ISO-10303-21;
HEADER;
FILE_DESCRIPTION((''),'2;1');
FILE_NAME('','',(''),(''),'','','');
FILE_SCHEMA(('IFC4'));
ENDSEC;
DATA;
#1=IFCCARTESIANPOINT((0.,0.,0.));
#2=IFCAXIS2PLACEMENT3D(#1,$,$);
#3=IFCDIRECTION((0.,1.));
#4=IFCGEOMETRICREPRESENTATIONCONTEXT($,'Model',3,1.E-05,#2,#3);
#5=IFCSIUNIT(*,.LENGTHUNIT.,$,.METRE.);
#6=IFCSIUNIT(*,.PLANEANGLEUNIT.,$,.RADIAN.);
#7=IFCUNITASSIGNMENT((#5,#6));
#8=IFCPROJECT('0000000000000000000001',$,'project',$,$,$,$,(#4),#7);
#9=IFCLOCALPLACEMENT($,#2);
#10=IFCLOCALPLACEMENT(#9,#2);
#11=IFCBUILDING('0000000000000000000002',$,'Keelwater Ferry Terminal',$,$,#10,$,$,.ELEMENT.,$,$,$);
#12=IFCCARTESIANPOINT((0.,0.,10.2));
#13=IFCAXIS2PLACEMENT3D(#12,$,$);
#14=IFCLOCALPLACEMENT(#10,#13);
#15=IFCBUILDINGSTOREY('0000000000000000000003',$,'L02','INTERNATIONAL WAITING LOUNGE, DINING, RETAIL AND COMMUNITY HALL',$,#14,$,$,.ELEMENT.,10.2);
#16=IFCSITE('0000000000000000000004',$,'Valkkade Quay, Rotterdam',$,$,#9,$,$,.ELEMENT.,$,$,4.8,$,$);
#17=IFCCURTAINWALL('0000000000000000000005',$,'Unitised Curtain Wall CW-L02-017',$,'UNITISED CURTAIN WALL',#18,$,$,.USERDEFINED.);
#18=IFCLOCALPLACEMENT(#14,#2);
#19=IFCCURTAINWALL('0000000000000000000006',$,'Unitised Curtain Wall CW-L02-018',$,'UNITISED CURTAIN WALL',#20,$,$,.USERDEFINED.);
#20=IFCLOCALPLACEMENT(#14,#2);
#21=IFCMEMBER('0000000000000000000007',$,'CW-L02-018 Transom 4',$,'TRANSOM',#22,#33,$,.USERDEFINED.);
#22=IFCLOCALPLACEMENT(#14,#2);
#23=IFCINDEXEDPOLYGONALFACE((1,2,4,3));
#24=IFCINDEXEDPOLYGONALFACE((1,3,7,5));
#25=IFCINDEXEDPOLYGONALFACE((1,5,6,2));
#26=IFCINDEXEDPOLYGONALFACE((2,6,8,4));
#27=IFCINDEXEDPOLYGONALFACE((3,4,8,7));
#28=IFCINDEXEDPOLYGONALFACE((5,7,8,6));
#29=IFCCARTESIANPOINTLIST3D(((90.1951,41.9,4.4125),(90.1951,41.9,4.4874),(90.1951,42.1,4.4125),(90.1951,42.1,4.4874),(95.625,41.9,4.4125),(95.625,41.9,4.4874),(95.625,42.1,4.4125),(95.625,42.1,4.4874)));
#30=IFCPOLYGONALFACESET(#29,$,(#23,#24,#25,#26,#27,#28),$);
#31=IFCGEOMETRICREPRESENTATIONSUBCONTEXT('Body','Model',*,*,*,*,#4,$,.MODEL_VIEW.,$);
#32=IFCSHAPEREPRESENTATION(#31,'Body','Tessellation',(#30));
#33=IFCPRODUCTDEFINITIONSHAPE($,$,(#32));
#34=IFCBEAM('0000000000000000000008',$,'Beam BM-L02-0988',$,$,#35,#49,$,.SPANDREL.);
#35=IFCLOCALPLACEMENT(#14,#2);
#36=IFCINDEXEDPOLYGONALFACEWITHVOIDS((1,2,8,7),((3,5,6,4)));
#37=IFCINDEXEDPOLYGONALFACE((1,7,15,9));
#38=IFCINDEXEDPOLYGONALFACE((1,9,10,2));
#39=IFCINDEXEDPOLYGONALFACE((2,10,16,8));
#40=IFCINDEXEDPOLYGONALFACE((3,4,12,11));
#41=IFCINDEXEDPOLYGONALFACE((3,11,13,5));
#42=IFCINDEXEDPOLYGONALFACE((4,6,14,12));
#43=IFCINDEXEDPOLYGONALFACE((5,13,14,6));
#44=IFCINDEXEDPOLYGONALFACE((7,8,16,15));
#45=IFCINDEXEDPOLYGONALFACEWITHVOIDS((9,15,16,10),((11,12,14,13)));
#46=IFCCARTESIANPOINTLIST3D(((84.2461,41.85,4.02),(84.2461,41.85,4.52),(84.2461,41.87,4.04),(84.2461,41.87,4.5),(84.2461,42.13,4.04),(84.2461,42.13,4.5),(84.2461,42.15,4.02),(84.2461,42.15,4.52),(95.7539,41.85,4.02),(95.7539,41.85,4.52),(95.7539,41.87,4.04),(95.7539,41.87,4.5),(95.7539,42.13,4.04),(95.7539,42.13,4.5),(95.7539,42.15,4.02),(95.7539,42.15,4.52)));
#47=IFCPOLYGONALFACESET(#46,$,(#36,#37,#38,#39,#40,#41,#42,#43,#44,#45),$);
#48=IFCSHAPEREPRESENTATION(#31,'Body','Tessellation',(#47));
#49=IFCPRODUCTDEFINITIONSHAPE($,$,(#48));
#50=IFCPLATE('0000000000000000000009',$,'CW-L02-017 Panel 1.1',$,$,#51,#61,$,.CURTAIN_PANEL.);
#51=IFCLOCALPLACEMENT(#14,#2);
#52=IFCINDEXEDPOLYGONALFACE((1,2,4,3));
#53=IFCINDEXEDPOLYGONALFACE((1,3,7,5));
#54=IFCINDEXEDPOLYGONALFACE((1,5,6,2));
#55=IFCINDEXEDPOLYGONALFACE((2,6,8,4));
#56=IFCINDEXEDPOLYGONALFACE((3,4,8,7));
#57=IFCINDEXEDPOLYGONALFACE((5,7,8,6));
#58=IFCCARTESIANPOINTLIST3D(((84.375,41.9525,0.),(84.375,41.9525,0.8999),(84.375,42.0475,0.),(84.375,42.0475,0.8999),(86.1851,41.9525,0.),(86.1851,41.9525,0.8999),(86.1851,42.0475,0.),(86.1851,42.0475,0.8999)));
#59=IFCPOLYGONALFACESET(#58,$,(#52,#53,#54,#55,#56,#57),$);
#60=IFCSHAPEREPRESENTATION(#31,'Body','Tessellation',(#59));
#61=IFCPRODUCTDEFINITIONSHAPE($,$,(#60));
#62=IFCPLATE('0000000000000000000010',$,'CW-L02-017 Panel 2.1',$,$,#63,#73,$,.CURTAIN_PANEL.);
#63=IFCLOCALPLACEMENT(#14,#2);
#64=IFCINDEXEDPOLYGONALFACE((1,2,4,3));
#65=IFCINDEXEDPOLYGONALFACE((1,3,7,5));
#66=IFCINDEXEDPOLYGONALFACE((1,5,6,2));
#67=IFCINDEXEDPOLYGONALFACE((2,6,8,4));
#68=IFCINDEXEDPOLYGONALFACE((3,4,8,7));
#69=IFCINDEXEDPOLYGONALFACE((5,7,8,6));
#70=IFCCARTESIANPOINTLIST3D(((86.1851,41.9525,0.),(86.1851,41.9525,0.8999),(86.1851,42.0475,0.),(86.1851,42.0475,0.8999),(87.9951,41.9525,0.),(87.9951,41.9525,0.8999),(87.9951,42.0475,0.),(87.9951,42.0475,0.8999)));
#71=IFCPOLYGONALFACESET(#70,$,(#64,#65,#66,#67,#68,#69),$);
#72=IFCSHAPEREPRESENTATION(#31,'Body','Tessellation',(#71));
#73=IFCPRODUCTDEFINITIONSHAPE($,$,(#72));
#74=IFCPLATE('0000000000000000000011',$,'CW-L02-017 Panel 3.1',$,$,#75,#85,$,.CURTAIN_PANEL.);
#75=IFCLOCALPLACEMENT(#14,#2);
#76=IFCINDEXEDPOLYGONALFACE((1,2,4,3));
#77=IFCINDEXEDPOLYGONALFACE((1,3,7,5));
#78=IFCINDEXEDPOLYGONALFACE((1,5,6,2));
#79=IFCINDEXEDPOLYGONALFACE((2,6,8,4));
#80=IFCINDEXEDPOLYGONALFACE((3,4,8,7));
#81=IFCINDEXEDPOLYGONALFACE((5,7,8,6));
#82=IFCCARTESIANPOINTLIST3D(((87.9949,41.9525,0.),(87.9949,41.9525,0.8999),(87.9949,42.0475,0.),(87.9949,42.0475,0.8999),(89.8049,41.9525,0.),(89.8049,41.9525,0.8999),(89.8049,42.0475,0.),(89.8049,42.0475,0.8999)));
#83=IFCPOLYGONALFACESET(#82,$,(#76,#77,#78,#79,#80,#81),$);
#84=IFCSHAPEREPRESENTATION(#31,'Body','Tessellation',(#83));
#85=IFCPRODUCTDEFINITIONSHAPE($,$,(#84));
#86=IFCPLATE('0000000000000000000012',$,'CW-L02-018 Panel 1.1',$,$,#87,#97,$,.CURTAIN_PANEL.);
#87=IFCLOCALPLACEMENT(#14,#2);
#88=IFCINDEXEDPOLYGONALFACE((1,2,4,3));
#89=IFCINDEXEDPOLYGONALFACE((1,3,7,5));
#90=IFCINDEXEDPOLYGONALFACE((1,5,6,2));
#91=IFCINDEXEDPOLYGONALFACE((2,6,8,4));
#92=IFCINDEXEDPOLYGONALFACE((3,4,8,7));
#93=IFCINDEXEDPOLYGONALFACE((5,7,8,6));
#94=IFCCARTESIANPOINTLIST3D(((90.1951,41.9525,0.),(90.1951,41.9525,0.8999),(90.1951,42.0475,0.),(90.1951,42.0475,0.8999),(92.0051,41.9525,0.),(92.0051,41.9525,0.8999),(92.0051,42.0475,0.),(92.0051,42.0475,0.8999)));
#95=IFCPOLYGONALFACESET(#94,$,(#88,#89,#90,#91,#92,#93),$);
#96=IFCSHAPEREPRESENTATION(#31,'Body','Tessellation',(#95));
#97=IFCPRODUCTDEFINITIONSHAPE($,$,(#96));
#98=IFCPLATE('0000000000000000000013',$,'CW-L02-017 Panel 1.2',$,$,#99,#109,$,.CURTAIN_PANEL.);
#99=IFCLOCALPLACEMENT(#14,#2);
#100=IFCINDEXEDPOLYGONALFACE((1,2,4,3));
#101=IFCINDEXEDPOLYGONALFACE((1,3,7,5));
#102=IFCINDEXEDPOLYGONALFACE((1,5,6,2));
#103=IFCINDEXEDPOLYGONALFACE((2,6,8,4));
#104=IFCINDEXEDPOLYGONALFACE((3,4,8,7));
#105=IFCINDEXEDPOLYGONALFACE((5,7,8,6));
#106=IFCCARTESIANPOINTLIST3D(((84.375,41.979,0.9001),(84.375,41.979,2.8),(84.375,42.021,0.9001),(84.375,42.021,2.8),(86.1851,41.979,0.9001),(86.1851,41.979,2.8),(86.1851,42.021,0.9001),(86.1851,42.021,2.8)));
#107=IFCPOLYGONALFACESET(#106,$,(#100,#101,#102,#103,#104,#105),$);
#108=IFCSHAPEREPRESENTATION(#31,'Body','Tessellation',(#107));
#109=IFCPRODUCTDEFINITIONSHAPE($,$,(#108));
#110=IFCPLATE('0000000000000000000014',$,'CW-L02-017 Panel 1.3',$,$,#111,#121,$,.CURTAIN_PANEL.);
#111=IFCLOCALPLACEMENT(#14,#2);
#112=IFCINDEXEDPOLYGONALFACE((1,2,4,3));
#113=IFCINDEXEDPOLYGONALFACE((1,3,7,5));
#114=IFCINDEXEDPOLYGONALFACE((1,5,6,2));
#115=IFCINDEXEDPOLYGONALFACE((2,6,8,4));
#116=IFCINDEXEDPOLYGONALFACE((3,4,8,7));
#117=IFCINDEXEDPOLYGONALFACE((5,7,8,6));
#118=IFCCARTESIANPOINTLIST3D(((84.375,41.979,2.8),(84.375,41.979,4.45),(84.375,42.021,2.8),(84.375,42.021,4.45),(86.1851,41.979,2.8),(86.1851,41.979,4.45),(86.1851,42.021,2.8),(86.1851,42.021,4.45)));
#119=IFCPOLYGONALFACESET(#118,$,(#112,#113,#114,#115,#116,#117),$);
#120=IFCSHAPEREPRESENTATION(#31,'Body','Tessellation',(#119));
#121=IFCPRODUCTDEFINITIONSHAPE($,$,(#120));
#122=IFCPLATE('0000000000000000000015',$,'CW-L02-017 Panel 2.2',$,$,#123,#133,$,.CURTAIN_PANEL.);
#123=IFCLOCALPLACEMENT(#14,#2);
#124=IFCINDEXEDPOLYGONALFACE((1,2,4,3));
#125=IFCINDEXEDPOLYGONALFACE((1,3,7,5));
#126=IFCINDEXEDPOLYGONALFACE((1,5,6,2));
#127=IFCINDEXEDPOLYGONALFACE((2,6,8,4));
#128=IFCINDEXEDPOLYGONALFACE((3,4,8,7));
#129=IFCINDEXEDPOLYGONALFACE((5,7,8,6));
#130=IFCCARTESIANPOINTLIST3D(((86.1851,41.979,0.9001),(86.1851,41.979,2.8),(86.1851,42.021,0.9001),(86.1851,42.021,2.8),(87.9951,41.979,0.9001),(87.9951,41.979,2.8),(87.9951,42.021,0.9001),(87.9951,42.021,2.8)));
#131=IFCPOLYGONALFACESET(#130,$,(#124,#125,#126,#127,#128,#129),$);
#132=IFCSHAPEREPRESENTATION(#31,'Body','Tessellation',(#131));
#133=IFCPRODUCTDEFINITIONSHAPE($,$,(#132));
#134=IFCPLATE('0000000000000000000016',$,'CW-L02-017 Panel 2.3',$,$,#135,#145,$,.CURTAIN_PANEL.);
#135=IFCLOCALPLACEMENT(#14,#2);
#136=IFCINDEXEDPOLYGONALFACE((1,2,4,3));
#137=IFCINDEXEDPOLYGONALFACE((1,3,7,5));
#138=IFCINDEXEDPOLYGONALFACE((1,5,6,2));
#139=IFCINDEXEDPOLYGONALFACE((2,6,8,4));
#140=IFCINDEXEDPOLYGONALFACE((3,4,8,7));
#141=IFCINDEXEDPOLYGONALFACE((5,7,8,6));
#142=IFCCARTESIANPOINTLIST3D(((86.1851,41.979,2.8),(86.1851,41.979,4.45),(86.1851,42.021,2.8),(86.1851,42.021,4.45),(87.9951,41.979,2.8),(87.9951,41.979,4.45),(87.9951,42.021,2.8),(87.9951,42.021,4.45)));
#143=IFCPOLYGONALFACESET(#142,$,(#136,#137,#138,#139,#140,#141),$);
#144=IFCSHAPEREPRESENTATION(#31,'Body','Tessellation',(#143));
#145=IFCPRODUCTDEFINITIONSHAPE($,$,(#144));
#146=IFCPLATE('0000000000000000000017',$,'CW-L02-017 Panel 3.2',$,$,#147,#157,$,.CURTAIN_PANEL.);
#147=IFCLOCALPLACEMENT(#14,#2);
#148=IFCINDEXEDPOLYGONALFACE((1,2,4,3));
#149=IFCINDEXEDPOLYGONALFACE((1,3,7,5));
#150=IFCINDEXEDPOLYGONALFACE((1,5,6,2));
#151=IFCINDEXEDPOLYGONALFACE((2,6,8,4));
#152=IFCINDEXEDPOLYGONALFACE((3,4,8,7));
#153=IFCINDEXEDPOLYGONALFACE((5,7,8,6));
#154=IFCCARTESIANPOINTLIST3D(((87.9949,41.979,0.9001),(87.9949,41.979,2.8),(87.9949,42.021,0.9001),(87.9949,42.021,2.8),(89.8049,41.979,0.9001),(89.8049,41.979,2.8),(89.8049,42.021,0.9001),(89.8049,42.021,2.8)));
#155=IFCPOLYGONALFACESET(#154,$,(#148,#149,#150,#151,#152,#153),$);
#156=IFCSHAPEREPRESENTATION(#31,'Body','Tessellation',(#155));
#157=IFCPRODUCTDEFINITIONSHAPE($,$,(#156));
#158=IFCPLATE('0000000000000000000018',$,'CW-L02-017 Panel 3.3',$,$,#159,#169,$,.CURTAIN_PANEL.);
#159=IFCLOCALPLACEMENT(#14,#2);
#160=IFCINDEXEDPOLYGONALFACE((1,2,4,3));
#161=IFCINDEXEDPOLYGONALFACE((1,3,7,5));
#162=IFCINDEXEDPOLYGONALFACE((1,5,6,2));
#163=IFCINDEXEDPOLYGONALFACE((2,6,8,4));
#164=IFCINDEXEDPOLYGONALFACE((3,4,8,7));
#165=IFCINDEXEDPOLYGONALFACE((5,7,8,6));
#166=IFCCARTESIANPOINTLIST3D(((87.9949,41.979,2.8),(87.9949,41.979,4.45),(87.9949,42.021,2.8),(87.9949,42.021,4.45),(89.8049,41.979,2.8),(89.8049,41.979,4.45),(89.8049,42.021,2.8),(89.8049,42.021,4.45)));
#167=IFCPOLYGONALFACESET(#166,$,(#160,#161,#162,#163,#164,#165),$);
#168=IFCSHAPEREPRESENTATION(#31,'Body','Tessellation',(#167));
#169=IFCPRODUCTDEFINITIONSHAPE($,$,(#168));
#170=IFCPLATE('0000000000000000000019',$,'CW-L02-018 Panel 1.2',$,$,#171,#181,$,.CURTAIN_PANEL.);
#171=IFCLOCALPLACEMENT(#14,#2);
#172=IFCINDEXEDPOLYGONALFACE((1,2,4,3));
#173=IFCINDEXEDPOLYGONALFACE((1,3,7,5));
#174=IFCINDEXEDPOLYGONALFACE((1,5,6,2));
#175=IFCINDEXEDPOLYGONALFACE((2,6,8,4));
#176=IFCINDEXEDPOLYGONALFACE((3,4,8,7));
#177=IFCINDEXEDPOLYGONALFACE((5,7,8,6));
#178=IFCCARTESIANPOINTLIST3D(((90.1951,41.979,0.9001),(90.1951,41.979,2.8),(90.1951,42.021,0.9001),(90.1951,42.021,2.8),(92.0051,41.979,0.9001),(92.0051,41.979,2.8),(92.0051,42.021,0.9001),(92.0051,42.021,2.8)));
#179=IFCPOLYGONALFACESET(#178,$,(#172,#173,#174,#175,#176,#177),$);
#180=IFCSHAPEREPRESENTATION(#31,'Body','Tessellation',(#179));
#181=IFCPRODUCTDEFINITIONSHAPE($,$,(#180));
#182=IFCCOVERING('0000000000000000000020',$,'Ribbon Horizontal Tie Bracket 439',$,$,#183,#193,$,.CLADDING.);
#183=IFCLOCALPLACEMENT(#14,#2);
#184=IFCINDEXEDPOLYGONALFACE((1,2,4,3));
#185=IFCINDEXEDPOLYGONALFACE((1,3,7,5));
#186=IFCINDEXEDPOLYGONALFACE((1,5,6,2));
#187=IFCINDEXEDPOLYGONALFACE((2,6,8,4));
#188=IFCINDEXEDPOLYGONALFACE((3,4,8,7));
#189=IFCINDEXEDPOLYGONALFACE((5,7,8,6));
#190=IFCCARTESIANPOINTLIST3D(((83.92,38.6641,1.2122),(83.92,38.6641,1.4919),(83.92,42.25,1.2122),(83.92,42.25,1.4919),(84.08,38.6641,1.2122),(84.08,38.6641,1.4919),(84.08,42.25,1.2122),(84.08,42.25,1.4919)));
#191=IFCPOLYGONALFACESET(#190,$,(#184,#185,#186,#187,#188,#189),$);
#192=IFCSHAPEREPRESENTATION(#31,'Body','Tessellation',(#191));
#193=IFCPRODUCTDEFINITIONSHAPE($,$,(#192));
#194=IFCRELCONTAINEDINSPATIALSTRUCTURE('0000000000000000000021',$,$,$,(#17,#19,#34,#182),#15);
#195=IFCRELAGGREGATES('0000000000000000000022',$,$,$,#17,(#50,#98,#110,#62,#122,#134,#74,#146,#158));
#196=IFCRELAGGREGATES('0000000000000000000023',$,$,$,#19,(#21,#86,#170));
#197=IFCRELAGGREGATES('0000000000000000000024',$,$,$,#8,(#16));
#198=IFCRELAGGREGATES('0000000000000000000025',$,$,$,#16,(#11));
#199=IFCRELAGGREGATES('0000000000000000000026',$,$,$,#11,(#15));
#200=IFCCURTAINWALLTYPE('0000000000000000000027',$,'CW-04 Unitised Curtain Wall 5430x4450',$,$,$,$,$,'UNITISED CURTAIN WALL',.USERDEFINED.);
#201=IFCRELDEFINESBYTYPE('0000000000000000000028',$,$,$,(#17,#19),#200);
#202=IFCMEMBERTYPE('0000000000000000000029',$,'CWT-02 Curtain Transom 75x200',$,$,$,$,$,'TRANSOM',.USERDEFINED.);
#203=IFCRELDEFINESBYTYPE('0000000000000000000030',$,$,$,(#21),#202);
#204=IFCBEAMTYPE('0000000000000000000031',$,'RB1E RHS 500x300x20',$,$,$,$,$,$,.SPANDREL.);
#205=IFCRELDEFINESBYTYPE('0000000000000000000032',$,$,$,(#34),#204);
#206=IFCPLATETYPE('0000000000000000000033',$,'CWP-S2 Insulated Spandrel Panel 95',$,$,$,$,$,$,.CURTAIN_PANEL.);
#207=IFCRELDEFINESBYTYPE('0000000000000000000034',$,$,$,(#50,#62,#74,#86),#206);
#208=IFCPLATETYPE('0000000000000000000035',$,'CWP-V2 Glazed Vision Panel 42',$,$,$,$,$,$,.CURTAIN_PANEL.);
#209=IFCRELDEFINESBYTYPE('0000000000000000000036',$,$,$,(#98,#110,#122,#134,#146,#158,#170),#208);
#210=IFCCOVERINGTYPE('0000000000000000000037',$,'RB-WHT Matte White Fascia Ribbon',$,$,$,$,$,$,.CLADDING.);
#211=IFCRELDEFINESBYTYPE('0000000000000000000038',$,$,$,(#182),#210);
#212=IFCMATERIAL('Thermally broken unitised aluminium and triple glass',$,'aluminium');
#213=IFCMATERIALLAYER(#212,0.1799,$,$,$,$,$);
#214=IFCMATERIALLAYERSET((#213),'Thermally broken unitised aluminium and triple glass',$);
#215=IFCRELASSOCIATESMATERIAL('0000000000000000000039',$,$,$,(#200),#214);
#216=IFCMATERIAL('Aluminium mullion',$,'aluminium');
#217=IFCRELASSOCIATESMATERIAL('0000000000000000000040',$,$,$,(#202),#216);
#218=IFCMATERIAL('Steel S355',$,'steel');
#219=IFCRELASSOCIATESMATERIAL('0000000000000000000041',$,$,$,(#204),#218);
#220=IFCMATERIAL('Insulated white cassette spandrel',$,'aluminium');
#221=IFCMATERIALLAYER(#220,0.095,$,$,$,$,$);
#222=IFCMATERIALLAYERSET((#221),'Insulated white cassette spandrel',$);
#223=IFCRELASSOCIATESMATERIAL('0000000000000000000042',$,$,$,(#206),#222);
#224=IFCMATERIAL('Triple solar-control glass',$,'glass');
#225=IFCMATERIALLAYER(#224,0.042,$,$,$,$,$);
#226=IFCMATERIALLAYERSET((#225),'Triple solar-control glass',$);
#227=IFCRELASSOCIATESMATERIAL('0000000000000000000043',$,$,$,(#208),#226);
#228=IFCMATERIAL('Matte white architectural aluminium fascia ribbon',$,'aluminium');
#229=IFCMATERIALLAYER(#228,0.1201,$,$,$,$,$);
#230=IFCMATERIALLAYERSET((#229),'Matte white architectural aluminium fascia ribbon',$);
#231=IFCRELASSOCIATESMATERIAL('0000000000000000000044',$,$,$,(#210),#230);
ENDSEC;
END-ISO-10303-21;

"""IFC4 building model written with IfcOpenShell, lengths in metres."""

from ifc_helpers import new_model, si_unit, direction, frame, frame_2d, origin, origin_2d, place, context, subcontext, project, spatial, rectangle, hollow_rectangle, extrude, material, layer, layer_set, material_profile, profile_set, type_object, element, aggregate, save


model = new_model("IFC4")

# Units and contexts
model_context = context("Model", 3, precision=1e-05, world=origin(), true_north=direction((0.0, 1.0)))
body_context = subcontext(model_context, "Body", "Model", "MODEL_VIEW")
ifc_project = project(units=[si_unit("LENGTHUNIT", "METRE"), si_unit("PLANEANGLEUNIT", "RADIAN")], contexts=[model_context])

# Site, building, storey
site_placement = place(None, origin())
site = spatial("IfcSite", under=ifc_project, at=site_placement, Name="Valkkade Quay, Rotterdam", CompositionType="ELEMENT", RefElevation=4.8)
building_placement = place(site_placement, origin())
building = spatial("IfcBuilding", under=site, at=building_placement, Name="Keelwater Ferry Terminal", CompositionType="ELEMENT")
storey_placement = place(building_placement, frame((0.0, 0.0, 10.2)))
storey = spatial("IfcBuildingStorey", under=building, at=storey_placement, Name="L02", Description="INTERNATIONAL WAITING LOUNGE, DINING, RETAIL AND COMMUNITY HALL", CompositionType="ELEMENT", Elevation=10.2)

# Curtain wall
ifc_material_1 = material(Name="Thermally broken unitised aluminium and triple glass", Category="aluminium")
ifc_layer_1 = layer(ifc_material_1, 0.1799)
ifc_layer_set_1 = layer_set([ifc_layer_1], Name="Thermally broken unitised aluminium and triple glass")
curtain_wall_type = type_object("IfcCurtainWallType", Name="CW-04 Unitised Curtain Wall 5430x4450", ElementType="UNITISED CURTAIN WALL", PredefinedType="USERDEFINED", material=ifc_layer_set_1)
curtain_wall_1_placement = place(storey_placement, origin())
curtain_wall_1 = element("IfcCurtainWall", 1, at=curtain_wall_1_placement, inside=storey, type_object=curtain_wall_type, Name="Unitised Curtain Wall CW-L02-017", ObjectType="UNITISED CURTAIN WALL", PredefinedType="USERDEFINED")

# Curtain wall
curtain_wall_2_placement = place(storey_placement, origin())
curtain_wall_2 = element("IfcCurtainWall", 2, at=curtain_wall_2_placement, inside=storey, type_object=curtain_wall_type, Name="Unitised Curtain Wall CW-L02-018", ObjectType="UNITISED CURTAIN WALL", PredefinedType="USERDEFINED")

# Member
ifc_material_2 = material(Name="Aluminium mullion", Category="aluminium")
ifc_material_profile_1 = material_profile(ifc_material_2, rectangle(XDim=0.2, YDim=0.075, at=origin_2d()), Name="CWT-02")
ifc_profile_set_1 = profile_set([ifc_material_profile_1], Name="Aluminium mullion")
member_type_1 = type_object("IfcMemberType", Name="CWT-02 Curtain Transom 75x200", ElementType="TRANSOM", PredefinedType="USERDEFINED", material=ifc_profile_set_1)
member_1_placement = place(storey_placement, frame((90.1951, 42.0, 4.45), z_axis=(1.0, 0.0, 0.0), x_axis=(0.0, 1.0, 0.0)))
member_1 = element("IfcMember", 3, at=member_1_placement, type_object=member_type_1, Name="CW-L02-018 Transom 4", ObjectType="TRANSOM", PredefinedType="USERDEFINED", context=body_context, shape_type="SweptSolid", body=[
    extrude(rectangle(XDim=0.2, YDim=0.075, at=origin_2d()), origin(), (0.0, 0.0, 1.0), 5.4299),
])

# Beam
ifc_material_3 = material(Name="Steel S355", Category="steel")
ifc_material_profile_2 = material_profile(ifc_material_3, hollow_rectangle(XDim=0.3, YDim=0.5, WallThickness=0.02, at=origin_2d()), Name="RHS 500x300x20")
ifc_profile_set_2 = profile_set([ifc_material_profile_2], Name="Steel S355")
beam_type = type_object("IfcBeamType", Name="RB1E RHS 500x300x20", PredefinedType="SPANDREL", material=ifc_profile_set_2)
beam_placement = place(storey_placement, frame((84.2461, 42.0, 4.27), z_axis=(1.0, 0.0, 0.0), x_axis=(0.0, 1.0, 0.0)))
element("IfcBeam", 4, at=beam_placement, inside=storey, type_object=beam_type, Name="Beam BM-L02-0988", PredefinedType="SPANDREL", context=body_context, shape_type="SweptSolid", body=[
    extrude(hollow_rectangle(XDim=0.3, YDim=0.5, WallThickness=0.02, at=origin_2d()), origin(), (0.0, 0.0, 1.0), 11.5078),
])

# Plates
ifc_material_4 = material(Name="Insulated white cassette spandrel", Category="aluminium")
ifc_layer_2 = layer(ifc_material_4, 0.095)
ifc_layer_set_2 = layer_set([ifc_layer_2], Name="Insulated white cassette spandrel")
plate_type_1 = type_object("IfcPlateType", Name="CWP-S2 Insulated Spandrel Panel 95", PredefinedType="CURTAIN_PANEL", material=ifc_layer_set_2)
plate_1_placement = place(storey_placement, frame((85.28, 42.0, 0.0), z_axis=(0.0, 0.0, 1.0), x_axis=(1.0, 0.0, 0.0)))
plate_1 = element("IfcPlate", 5, at=plate_1_placement, type_object=plate_type_1, Name="CW-L02-017 Panel 1.1", PredefinedType="CURTAIN_PANEL", context=body_context, shape_type="SweptSolid", body=[
    extrude(rectangle(XDim=1.8101, YDim=0.095, at=origin_2d()), origin(), (0.0, 0.0, 1.0), 0.8999),
])
plate_2_placement = place(storey_placement, frame((87.0901, 42.0, 0.0), z_axis=(0.0, 0.0, 1.0), x_axis=(1.0, 0.0, 0.0)))
plate_2 = element("IfcPlate", 6, at=plate_2_placement, type_object=plate_type_1, Name="CW-L02-017 Panel 2.1", PredefinedType="CURTAIN_PANEL", context=body_context, shape_type="SweptSolid", body=[
    extrude(rectangle(XDim=1.8101, YDim=0.095, at=origin_2d()), origin(), (0.0, 0.0, 1.0), 0.8999),
])
plate_3_placement = place(storey_placement, frame((88.8999, 42.0, 0.0), z_axis=(0.0, 0.0, 1.0), x_axis=(1.0, 0.0, 0.0)))
plate_3 = element("IfcPlate", 7, at=plate_3_placement, type_object=plate_type_1, Name="CW-L02-017 Panel 3.1", PredefinedType="CURTAIN_PANEL", context=body_context, shape_type="SweptSolid", body=[
    extrude(rectangle(XDim=1.8101, YDim=0.095, at=origin_2d()), origin(), (0.0, 0.0, 1.0), 0.8999),
])
plate_4_placement = place(storey_placement, frame((91.1001, 42.0, 0.0), z_axis=(0.0, 0.0, 1.0), x_axis=(1.0, 0.0, 0.0)))
plate_4 = element("IfcPlate", 8, at=plate_4_placement, type_object=plate_type_1, Name="CW-L02-018 Panel 1.1", PredefinedType="CURTAIN_PANEL", context=body_context, shape_type="SweptSolid", body=[
    extrude(rectangle(XDim=1.8101, YDim=0.095, at=origin_2d()), origin(), (0.0, 0.0, 1.0), 0.8999),
])
ifc_material_5 = material(Name="Triple solar-control glass", Category="glass")
ifc_layer_3 = layer(ifc_material_5, 0.042)
ifc_layer_set_3 = layer_set([ifc_layer_3], Name="Triple solar-control glass")
plate_type_2 = type_object("IfcPlateType", Name="CWP-V2 Glazed Vision Panel 42", PredefinedType="CURTAIN_PANEL", material=ifc_layer_set_3)
plate_5_placement = place(storey_placement, frame((85.28, 42.0, 0.9001), z_axis=(0.0, 0.0, 1.0), x_axis=(1.0, 0.0, 0.0)))
plate_5 = element("IfcPlate", 9, at=plate_5_placement, type_object=plate_type_2, Name="CW-L02-017 Panel 1.2", PredefinedType="CURTAIN_PANEL", context=body_context, shape_type="SweptSolid", body=[
    extrude(rectangle(XDim=1.8101, YDim=0.042, at=origin_2d()), origin(), (0.0, 0.0, 1.0), 1.8999),
])
plate_6_placement = place(storey_placement, frame((85.28, 42.0, 2.8), z_axis=(0.0, 0.0, 1.0), x_axis=(1.0, 0.0, 0.0)))
plate_6 = element("IfcPlate", 10, at=plate_6_placement, type_object=plate_type_2, Name="CW-L02-017 Panel 1.3", PredefinedType="CURTAIN_PANEL", context=body_context, shape_type="SweptSolid", body=[
    extrude(rectangle(XDim=1.8101, YDim=0.042, at=origin_2d()), origin(), (0.0, 0.0, 1.0), 1.6499),
])
plate_7_placement = place(storey_placement, frame((87.0901, 42.0, 0.9001), z_axis=(0.0, 0.0, 1.0), x_axis=(1.0, 0.0, 0.0)))
plate_7 = element("IfcPlate", 11, at=plate_7_placement, type_object=plate_type_2, Name="CW-L02-017 Panel 2.2", PredefinedType="CURTAIN_PANEL", context=body_context, shape_type="SweptSolid", body=[
    extrude(rectangle(XDim=1.8101, YDim=0.042, at=origin_2d()), origin(), (0.0, 0.0, 1.0), 1.8999),
])
plate_8_placement = place(storey_placement, frame((87.0901, 42.0, 2.8), z_axis=(0.0, 0.0, 1.0), x_axis=(1.0, 0.0, 0.0)))
plate_8 = element("IfcPlate", 12, at=plate_8_placement, type_object=plate_type_2, Name="CW-L02-017 Panel 2.3", PredefinedType="CURTAIN_PANEL", context=body_context, shape_type="SweptSolid", body=[
    extrude(rectangle(XDim=1.8101, YDim=0.042, at=origin_2d()), origin(), (0.0, 0.0, 1.0), 1.6499),
])
plate_9_placement = place(storey_placement, frame((88.8999, 42.0, 0.9001), z_axis=(0.0, 0.0, 1.0), x_axis=(1.0, 0.0, 0.0)))
plate_9 = element("IfcPlate", 13, at=plate_9_placement, type_object=plate_type_2, Name="CW-L02-017 Panel 3.2", PredefinedType="CURTAIN_PANEL", context=body_context, shape_type="SweptSolid", body=[
    extrude(rectangle(XDim=1.8101, YDim=0.042, at=origin_2d()), origin(), (0.0, 0.0, 1.0), 1.8999),
])
plate_10_placement = place(storey_placement, frame((88.8999, 42.0, 2.8), z_axis=(0.0, 0.0, 1.0), x_axis=(1.0, 0.0, 0.0)))
plate_10 = element("IfcPlate", 14, at=plate_10_placement, type_object=plate_type_2, Name="CW-L02-017 Panel 3.3", PredefinedType="CURTAIN_PANEL", context=body_context, shape_type="SweptSolid", body=[
    extrude(rectangle(XDim=1.8101, YDim=0.042, at=origin_2d()), origin(), (0.0, 0.0, 1.0), 1.6499),
])
aggregate(curtain_wall_1, [plate_1, plate_5, plate_6, plate_2, plate_7, plate_8, plate_3, plate_9, plate_10])
plate_11_placement = place(storey_placement, frame((91.1001, 42.0, 0.9001), z_axis=(0.0, 0.0, 1.0), x_axis=(1.0, 0.0, 0.0)))
plate_11 = element("IfcPlate", 15, at=plate_11_placement, type_object=plate_type_2, Name="CW-L02-018 Panel 1.2", PredefinedType="CURTAIN_PANEL", context=body_context, shape_type="SweptSolid", body=[
    extrude(rectangle(XDim=1.8101, YDim=0.042, at=origin_2d()), origin(), (0.0, 0.0, 1.0), 1.8999),
])
aggregate(curtain_wall_2, [member_1, plate_4, plate_11])

# Covering
ifc_material_6 = material(Name="Matte white architectural aluminium fascia ribbon", Category="aluminium")
ifc_layer_4 = layer(ifc_material_6, 0.1201)
ifc_layer_set_4 = layer_set([ifc_layer_4], Name="Matte white architectural aluminium fascia ribbon")
covering_type = type_object("IfcCoveringType", Name="RB-WHT Matte White Fascia Ribbon", PredefinedType="CLADDING", material=ifc_layer_set_4)
covering_1_placement = place(storey_placement, frame((84.0, 38.6641, 1.2122), z_axis=(0.0, 0.0, 1.0), x_axis=(0.0, 1.0, 0.0)))
element("IfcCovering", 16, at=covering_1_placement, inside=storey, type_object=covering_type, Name="Ribbon Horizontal Tie Bracket 439", PredefinedType="CLADDING", context=body_context, shape_type="SweptSolid", body=[
    extrude(rectangle(XDim=3.5859, YDim=0.1599, at=frame_2d((1.793, 0.0))), origin(), (0.0, 0.0, 1.0), 0.2798),
])

save(model, "model.ifc")
